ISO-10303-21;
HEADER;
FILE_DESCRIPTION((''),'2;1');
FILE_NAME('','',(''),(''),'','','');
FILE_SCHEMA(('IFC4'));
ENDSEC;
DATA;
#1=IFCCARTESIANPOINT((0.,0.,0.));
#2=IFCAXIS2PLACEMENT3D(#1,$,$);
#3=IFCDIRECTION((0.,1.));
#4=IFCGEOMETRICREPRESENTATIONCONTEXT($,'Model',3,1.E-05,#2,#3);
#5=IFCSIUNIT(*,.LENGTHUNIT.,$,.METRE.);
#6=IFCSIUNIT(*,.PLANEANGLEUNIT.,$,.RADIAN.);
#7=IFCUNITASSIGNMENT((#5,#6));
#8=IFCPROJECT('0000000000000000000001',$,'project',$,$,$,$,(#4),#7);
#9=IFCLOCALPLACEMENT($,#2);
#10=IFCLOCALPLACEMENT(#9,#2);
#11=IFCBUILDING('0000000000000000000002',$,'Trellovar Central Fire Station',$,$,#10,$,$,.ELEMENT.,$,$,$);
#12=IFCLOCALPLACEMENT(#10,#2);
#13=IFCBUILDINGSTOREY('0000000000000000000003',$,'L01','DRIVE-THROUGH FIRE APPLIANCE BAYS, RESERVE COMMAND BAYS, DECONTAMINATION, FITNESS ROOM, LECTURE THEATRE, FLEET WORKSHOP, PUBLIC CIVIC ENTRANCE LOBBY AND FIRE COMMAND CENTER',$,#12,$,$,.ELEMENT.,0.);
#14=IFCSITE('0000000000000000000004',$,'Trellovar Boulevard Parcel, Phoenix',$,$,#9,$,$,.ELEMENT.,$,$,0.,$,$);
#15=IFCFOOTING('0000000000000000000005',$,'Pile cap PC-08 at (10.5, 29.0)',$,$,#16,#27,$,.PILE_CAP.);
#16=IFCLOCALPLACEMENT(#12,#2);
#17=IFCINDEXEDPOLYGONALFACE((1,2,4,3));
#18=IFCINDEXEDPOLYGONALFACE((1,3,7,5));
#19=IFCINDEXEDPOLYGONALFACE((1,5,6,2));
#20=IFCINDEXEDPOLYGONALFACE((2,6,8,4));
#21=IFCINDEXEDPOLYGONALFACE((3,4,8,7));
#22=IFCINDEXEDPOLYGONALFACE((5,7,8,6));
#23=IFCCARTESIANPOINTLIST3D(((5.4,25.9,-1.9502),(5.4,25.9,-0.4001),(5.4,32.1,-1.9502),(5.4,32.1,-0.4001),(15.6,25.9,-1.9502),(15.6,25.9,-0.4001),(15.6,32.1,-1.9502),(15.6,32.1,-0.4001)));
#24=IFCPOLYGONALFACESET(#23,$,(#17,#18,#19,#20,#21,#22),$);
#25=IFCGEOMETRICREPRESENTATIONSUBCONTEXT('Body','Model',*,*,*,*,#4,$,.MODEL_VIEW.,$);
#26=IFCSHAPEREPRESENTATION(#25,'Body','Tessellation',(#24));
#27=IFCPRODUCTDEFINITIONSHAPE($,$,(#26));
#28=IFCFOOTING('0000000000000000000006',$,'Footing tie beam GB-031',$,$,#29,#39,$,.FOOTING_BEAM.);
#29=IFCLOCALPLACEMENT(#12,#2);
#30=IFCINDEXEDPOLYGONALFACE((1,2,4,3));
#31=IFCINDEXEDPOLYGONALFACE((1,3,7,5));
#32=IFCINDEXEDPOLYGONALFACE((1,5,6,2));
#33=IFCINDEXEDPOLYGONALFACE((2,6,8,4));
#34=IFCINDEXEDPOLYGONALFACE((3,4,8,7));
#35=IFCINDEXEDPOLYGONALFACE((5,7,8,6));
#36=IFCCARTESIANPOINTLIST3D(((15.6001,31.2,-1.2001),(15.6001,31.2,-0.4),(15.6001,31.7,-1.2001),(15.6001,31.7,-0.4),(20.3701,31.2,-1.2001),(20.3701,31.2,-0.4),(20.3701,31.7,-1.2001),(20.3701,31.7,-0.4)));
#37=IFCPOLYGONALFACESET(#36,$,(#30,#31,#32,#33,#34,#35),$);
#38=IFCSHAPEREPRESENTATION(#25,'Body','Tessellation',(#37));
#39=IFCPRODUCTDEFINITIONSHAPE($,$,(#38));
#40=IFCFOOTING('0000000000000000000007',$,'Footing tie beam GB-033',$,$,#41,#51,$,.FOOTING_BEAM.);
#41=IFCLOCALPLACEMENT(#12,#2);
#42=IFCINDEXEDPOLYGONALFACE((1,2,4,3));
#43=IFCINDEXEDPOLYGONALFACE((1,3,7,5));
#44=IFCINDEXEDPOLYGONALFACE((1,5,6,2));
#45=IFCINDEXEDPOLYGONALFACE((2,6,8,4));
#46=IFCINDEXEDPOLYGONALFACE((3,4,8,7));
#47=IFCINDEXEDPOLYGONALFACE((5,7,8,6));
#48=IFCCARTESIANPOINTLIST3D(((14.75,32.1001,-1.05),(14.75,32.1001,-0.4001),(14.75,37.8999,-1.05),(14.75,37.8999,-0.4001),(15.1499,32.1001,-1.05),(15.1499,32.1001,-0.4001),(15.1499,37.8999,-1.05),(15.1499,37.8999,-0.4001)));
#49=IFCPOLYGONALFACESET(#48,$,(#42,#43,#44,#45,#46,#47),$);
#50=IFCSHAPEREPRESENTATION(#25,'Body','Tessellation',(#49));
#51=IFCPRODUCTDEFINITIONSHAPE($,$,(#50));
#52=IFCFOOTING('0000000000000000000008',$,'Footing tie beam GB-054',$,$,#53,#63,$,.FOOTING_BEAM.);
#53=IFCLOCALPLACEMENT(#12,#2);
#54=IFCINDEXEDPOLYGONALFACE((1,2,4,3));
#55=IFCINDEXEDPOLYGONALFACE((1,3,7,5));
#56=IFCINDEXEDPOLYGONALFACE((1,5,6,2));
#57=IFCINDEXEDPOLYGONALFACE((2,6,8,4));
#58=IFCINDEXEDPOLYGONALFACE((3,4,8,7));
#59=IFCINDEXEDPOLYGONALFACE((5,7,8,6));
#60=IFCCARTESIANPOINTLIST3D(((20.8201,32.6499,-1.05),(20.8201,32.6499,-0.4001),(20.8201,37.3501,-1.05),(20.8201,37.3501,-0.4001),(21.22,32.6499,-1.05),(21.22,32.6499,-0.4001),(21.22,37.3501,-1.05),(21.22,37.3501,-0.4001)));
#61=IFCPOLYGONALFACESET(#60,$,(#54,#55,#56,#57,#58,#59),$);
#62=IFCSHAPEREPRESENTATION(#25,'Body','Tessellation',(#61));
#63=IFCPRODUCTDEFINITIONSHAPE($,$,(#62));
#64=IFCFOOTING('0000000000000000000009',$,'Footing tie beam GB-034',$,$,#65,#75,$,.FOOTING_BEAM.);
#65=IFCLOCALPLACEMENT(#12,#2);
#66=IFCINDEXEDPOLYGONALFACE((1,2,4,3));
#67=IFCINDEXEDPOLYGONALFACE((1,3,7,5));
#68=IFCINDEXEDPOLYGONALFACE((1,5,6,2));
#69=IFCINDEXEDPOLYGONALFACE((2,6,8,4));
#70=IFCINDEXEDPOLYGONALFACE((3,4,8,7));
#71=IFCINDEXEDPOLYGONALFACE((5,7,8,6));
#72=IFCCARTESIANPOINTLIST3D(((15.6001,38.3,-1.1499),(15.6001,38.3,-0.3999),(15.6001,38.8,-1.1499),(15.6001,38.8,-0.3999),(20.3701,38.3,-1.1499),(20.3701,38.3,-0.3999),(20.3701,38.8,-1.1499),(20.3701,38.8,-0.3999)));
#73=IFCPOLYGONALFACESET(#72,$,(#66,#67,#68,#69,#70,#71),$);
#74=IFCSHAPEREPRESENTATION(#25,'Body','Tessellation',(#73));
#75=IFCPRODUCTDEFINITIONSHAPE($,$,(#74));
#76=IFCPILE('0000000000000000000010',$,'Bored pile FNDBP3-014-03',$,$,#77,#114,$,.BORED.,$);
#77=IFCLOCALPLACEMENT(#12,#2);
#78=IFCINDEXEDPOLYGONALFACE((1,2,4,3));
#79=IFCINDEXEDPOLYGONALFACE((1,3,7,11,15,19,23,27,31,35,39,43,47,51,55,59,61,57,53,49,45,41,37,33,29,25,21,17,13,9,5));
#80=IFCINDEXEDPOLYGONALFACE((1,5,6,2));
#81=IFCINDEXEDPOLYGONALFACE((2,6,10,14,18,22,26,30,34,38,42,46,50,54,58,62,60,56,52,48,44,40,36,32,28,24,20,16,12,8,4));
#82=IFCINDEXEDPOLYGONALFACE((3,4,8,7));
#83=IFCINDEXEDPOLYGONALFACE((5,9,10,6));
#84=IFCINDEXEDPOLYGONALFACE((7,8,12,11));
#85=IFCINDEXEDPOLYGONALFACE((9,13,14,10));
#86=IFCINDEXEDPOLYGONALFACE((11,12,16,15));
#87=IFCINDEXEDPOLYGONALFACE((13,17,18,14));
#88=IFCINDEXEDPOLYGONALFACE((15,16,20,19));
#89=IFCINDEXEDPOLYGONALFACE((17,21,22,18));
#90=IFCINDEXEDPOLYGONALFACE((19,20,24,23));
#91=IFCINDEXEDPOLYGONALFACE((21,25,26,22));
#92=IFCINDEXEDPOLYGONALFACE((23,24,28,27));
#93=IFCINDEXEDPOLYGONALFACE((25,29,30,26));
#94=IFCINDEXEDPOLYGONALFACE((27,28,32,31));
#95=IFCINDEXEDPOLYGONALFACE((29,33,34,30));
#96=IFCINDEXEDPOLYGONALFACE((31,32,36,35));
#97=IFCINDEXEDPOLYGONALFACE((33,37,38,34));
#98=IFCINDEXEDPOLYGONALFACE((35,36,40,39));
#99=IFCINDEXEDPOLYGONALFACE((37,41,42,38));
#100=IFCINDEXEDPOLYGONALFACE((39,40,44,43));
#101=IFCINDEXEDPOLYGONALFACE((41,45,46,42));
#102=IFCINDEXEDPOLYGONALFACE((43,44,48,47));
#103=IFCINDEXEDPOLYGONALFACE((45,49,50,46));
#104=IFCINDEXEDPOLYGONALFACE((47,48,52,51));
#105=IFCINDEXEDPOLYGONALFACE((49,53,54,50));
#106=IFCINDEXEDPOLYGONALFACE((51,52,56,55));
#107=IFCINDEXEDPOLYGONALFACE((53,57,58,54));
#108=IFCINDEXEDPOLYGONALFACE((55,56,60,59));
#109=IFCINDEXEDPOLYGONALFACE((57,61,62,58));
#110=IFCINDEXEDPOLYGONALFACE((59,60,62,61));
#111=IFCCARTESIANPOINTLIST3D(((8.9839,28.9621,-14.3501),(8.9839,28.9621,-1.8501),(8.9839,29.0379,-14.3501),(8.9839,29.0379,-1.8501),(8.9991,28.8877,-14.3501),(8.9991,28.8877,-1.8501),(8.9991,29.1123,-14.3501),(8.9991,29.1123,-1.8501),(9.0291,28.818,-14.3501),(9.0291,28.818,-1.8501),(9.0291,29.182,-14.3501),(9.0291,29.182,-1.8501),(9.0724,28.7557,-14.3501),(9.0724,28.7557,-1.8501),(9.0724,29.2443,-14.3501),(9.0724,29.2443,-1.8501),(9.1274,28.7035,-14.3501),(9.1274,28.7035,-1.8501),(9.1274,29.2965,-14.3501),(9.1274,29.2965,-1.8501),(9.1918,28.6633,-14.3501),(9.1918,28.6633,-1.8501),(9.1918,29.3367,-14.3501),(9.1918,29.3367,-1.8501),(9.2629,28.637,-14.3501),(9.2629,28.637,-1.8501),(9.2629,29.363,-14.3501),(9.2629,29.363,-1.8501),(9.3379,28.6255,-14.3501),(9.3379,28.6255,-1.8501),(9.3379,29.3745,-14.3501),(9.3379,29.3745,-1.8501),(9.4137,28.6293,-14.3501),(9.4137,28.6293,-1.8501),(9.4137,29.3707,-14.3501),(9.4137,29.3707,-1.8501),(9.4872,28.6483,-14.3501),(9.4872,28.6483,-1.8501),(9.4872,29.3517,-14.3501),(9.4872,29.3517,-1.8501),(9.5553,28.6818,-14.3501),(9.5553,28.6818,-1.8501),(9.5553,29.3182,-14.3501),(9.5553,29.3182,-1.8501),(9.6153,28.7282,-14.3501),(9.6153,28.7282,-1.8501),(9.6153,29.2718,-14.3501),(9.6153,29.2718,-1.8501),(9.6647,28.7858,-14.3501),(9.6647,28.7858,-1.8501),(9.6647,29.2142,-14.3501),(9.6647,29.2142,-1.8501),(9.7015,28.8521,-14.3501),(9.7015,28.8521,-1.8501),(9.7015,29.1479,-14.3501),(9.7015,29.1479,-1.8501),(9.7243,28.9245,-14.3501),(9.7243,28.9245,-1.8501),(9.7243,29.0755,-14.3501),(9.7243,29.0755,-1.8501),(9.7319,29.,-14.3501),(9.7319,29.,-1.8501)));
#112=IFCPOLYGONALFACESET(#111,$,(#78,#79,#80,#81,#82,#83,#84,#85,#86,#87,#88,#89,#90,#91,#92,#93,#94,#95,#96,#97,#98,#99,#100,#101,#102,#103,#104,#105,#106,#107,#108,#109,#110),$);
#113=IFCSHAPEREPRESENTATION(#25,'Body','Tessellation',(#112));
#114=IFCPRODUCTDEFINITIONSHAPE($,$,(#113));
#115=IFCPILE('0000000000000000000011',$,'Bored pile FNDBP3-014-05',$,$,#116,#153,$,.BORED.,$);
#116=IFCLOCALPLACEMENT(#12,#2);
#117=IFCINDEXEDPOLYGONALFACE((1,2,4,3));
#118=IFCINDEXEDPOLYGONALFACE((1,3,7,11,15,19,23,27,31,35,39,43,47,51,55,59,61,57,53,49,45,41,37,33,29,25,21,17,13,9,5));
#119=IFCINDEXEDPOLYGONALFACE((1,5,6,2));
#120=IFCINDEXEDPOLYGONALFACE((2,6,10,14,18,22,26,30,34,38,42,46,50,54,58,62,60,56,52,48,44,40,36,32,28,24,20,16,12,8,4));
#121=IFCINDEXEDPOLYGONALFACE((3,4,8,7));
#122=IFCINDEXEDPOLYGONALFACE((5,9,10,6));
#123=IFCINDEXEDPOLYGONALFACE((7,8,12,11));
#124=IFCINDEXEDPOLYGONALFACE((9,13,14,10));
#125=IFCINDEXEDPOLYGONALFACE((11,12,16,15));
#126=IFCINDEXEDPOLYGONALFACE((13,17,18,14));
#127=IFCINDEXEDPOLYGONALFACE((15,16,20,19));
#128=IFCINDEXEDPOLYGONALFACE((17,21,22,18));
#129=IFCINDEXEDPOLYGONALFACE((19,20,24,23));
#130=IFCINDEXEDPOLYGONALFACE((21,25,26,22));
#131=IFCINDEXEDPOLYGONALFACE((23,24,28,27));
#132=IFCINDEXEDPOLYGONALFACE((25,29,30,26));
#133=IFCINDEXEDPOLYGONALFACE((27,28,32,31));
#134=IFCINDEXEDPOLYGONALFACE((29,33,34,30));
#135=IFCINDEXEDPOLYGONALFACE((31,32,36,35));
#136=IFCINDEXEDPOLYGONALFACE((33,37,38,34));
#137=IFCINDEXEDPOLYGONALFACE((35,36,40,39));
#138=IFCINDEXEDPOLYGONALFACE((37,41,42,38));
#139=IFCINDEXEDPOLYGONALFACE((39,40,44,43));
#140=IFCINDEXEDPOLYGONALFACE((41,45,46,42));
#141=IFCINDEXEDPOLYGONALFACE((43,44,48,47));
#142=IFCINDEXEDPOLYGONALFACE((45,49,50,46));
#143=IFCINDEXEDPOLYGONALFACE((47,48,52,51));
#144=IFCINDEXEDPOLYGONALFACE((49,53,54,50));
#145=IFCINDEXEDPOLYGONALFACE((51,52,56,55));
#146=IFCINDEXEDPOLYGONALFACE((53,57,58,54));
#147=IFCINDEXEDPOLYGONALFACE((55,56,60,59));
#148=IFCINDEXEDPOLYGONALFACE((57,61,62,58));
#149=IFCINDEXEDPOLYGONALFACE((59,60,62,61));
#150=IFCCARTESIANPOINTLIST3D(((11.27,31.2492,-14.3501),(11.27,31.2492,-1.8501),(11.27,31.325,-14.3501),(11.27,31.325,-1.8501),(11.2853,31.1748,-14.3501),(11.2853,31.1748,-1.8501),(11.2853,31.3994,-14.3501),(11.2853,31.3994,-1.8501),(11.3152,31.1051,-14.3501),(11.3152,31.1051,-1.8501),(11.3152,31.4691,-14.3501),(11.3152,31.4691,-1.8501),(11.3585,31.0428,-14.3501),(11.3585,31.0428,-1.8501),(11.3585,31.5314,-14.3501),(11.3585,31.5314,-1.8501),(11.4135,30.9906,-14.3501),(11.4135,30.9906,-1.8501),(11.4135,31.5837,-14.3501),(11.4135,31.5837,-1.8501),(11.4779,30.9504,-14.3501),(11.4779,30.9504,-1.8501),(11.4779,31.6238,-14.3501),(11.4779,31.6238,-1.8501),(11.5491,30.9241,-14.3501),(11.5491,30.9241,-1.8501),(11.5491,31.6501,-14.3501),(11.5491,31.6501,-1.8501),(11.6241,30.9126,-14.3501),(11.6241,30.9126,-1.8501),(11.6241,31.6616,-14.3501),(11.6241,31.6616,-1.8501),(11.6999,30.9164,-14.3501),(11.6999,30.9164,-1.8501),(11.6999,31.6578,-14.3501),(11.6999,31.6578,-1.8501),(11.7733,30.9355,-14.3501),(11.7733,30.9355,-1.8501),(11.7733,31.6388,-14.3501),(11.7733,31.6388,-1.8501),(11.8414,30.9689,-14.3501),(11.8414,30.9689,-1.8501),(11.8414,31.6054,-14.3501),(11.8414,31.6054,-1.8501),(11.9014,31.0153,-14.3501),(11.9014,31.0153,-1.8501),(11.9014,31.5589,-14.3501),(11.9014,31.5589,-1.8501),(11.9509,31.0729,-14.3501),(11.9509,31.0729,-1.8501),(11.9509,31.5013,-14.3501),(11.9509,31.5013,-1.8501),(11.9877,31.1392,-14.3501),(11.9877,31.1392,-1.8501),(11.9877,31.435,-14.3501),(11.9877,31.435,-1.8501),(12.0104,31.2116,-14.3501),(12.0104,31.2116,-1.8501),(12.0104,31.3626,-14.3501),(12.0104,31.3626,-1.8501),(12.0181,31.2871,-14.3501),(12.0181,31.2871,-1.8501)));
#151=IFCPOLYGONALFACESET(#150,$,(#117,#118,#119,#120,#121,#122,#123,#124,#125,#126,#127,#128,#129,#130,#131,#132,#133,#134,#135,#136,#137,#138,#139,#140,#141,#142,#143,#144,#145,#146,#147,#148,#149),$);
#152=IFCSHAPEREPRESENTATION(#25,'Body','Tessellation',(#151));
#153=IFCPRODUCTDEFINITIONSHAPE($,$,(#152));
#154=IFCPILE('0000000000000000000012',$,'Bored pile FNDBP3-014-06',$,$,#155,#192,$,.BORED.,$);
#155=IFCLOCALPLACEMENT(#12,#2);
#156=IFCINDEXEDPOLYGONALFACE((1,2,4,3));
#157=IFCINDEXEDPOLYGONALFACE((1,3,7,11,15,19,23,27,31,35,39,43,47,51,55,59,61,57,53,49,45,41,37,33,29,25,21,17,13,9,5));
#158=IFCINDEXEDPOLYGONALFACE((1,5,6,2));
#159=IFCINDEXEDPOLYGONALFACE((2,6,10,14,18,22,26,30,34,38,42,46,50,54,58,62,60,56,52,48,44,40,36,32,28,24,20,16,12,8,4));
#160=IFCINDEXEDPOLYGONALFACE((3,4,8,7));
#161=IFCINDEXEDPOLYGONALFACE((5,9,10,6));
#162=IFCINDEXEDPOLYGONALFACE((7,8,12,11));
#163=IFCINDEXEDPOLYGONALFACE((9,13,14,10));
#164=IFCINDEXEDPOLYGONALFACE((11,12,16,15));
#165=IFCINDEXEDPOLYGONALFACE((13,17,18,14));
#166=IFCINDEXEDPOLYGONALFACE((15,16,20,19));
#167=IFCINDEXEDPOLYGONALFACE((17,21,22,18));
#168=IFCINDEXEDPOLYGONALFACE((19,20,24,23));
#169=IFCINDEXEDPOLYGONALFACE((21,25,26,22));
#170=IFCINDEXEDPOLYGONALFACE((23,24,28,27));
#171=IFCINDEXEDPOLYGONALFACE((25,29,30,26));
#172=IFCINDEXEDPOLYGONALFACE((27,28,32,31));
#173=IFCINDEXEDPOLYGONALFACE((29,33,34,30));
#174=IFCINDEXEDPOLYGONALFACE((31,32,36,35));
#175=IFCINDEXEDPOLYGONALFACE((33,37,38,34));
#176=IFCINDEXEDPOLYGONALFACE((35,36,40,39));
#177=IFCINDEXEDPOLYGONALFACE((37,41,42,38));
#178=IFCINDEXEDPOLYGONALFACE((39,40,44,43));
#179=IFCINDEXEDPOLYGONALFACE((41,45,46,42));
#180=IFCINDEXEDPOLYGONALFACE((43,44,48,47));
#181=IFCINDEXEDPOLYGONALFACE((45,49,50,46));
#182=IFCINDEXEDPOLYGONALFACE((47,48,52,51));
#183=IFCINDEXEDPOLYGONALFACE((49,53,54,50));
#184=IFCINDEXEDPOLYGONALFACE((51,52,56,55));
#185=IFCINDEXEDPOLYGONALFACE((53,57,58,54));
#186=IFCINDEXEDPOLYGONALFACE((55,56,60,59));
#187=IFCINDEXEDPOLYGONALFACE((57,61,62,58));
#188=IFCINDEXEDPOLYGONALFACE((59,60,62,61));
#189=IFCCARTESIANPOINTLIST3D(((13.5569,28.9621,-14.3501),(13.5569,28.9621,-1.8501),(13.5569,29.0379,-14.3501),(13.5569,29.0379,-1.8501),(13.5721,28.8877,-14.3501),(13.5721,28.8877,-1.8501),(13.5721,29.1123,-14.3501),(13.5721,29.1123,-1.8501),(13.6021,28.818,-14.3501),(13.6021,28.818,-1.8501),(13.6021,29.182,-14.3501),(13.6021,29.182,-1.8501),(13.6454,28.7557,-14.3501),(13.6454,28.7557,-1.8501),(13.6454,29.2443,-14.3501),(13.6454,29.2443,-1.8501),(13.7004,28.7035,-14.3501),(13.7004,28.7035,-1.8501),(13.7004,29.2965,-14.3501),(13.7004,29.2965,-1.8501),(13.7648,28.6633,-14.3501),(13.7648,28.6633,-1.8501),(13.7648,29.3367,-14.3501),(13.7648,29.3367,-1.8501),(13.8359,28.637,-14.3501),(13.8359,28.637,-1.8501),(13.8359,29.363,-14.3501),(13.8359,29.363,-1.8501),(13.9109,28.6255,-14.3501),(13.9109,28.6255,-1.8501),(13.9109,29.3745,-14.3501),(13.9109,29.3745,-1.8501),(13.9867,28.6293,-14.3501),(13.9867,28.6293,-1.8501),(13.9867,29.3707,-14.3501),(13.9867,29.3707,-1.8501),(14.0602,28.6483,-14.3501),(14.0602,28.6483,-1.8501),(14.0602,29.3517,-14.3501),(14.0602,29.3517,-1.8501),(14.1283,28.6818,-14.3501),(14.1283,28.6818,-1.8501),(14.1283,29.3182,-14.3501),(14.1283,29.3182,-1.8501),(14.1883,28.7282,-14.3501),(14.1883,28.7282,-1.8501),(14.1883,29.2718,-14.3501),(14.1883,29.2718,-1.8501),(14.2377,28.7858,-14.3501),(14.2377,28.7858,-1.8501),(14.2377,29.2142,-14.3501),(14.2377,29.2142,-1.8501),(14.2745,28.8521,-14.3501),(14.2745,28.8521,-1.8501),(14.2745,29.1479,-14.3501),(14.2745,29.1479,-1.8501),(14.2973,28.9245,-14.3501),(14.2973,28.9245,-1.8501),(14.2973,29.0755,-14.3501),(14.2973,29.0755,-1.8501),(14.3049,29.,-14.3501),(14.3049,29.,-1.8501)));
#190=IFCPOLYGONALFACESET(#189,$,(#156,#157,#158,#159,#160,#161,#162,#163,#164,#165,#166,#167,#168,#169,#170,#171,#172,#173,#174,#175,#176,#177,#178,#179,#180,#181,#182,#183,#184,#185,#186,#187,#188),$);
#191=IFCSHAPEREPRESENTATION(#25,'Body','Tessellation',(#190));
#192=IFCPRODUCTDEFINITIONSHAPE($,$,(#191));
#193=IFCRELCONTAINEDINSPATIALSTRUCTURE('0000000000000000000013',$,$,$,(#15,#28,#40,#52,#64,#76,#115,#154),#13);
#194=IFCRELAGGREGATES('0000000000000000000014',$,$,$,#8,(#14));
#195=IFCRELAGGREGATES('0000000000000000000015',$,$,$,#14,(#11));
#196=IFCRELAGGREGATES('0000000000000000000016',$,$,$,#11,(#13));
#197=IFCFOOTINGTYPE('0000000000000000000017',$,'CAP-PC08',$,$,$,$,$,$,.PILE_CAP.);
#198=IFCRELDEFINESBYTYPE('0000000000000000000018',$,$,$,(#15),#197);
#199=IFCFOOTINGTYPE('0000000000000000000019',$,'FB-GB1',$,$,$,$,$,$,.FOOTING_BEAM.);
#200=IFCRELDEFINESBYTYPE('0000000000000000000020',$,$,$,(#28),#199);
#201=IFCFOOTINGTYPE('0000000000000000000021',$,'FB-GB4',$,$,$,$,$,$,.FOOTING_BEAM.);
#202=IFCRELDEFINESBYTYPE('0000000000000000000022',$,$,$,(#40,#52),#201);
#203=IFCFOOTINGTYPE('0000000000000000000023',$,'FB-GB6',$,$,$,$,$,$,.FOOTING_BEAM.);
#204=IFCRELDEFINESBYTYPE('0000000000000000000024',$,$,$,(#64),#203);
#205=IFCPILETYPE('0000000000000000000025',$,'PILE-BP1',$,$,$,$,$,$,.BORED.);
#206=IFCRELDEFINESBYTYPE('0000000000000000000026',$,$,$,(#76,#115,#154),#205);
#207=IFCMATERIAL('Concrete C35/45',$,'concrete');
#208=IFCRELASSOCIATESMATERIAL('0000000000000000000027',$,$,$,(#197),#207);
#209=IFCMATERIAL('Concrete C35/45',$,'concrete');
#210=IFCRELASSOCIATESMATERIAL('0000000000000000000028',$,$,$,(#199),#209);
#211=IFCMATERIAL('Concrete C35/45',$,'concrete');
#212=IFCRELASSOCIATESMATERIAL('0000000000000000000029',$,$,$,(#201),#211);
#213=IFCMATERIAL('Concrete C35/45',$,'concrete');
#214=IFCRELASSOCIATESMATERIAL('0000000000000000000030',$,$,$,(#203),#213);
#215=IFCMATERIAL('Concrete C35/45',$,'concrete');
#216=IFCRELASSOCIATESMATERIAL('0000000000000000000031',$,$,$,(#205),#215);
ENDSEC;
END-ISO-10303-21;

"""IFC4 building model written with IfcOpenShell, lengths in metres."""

from ifc_helpers import new_model, si_unit, direction, frame, origin, origin_2d, place, context, subcontext, project, spatial, rectangle, circle, extrude, material, material_profile, profile_set, type_object, element, save


model = new_model("IFC4")

# Units and contexts
model_context = context("Model", 3, precision=1e-05, world=origin(), true_north=direction((0.0, 1.0)))
body_context = subcontext(model_context, "Body", "Model", "MODEL_VIEW")
ifc_project = project(units=[si_unit("LENGTHUNIT", "METRE"), si_unit("PLANEANGLEUNIT", "RADIAN")], contexts=[model_context])

# Site, building, storey
site_placement = place(None, origin())
site = spatial("IfcSite", under=ifc_project, at=site_placement, Name="Trellovar Boulevard Parcel, Phoenix", CompositionType="ELEMENT", RefElevation=0.0)
building_placement = place(site_placement, origin())
building = spatial("IfcBuilding", under=site, at=building_placement, Name="Trellovar Central Fire Station", CompositionType="ELEMENT")
storey_placement = place(building_placement, origin())
storey = spatial("IfcBuildingStorey", under=building, at=storey_placement, Name="L01", Description="DRIVE-THROUGH FIRE APPLIANCE BAYS, RESERVE COMMAND BAYS, DECONTAMINATION, FITNESS ROOM, LECTURE THEATRE, FLEET WORKSHOP, PUBLIC CIVIC ENTRANCE LOBBY AND FIRE COMMAND CENTER", CompositionType="ELEMENT", Elevation=0.0)

# Footings
ifc_material_1 = material(Name="Concrete C35/45", Category="concrete")
footing_type_1 = type_object("IfcFootingType", Name="CAP-PC08", PredefinedType="PILE_CAP", material=ifc_material_1)
footing_1_placement = place(storey_placement, frame((10.5, 29.0, -1.9502), z_axis=(0.0, 0.0, 1.0), x_axis=(1.0, 0.0, 0.0)))
element("IfcFooting", 1, at=footing_1_placement, inside=storey, type_object=footing_type_1, Name="Pile cap PC-08 at (10.5, 29.0)", PredefinedType="PILE_CAP", context=body_context, shape_type="SweptSolid", body=[
    extrude(rectangle(XDim=10.2, YDim=6.2, at=origin_2d()), origin(), (0.0, 0.0, 1.0), 1.55),
])
ifc_material_2 = material(Name="Concrete C35/45", Category="concrete")
ifc_material_profile_1 = material_profile(ifc_material_2, rectangle(XDim=0.5, YDim=0.8, at=origin_2d()), Name="RC500X800")
ifc_profile_set_1 = profile_set([ifc_material_profile_1], Name="Concrete C35/45")
footing_type_2 = type_object("IfcFootingType", Name="FB-GB1", PredefinedType="FOOTING_BEAM", material=ifc_profile_set_1)
footing_2_placement = place(storey_placement, frame((15.6001, 31.45, -0.8), z_axis=(1.0, 0.0, 0.0), x_axis=(0.0, 1.0, 0.0)))
element("IfcFooting", 2, at=footing_2_placement, inside=storey, type_object=footing_type_2, Name="Footing tie beam GB-031", PredefinedType="FOOTING_BEAM", context=body_context, shape_type="SweptSolid", body=[
    extrude(rectangle(XDim=0.5, YDim=0.8, at=origin_2d()), origin(), (0.0, 0.0, 1.0), 4.77),
])
ifc_material_3 = material(Name="Concrete C35/45", Category="concrete")
ifc_material_profile_2 = material_profile(ifc_material_3, rectangle(XDim=0.3999, YDim=0.6499, at=origin_2d()), Name="RC400X650")
ifc_profile_set_2 = profile_set([ifc_material_profile_2], Name="Concrete C35/45")
footing_type_3 = type_object("IfcFootingType", Name="FB-GB4", PredefinedType="FOOTING_BEAM", material=ifc_profile_set_2)
footing_3_placement = place(storey_placement, frame((14.95, 32.1001, -0.7251), z_axis=(0.0, 1.0, 0.0), x_axis=(-1.0, 0.0, 0.0)))
element("IfcFooting", 3, at=footing_3_placement, inside=storey, type_object=footing_type_3, Name="Footing tie beam GB-033", PredefinedType="FOOTING_BEAM", context=body_context, shape_type="SweptSolid", body=[
    extrude(rectangle(XDim=0.3999, YDim=0.6499, at=origin_2d()), origin(), (0.0, 0.0, 1.0), 5.7998),
])
footing_4_placement = place(storey_placement, frame((21.02, 32.6499, -0.7251), z_axis=(0.0, 1.0, 0.0), x_axis=(-1.0, 0.0, 0.0)))
element("IfcFooting", 4, at=footing_4_placement, inside=storey, type_object=footing_type_3, Name="Footing tie beam GB-054", PredefinedType="FOOTING_BEAM", context=body_context, shape_type="SweptSolid", body=[
    extrude(rectangle(XDim=0.3999, YDim=0.6499, at=origin_2d()), origin(), (0.0, 0.0, 1.0), 4.7002),
])
ifc_material_4 = material(Name="Concrete C35/45", Category="concrete")
ifc_material_profile_3 = material_profile(ifc_material_4, rectangle(XDim=0.5, YDim=0.75, at=origin_2d()), Name="RC500X750")
ifc_profile_set_3 = profile_set([ifc_material_profile_3], Name="Concrete C35/45")
footing_type_4 = type_object("IfcFootingType", Name="FB-GB6", PredefinedType="FOOTING_BEAM", material=ifc_profile_set_3)
footing_5_placement = place(storey_placement, frame((15.6001, 38.55, -0.7749), z_axis=(1.0, 0.0, 0.0), x_axis=(0.0, 1.0, 0.0)))
element("IfcFooting", 5, at=footing_5_placement, inside=storey, type_object=footing_type_4, Name="Footing tie beam GB-034", PredefinedType="FOOTING_BEAM", context=body_context, shape_type="SweptSolid", body=[
    extrude(rectangle(XDim=0.5, YDim=0.75, at=origin_2d()), origin(), (0.0, 0.0, 1.0), 4.77),
])

# Piles
ifc_material_5 = material(Name="Concrete C35/45", Category="concrete")
ifc_material_profile_4 = material_profile(ifc_material_5, circle(Radius=0.375, at=origin_2d()), Name="PILE750")
ifc_profile_set_4 = profile_set([ifc_material_profile_4], Name="Concrete C35/45")
pile_type_1 = type_object("IfcPileType", Name="PILE-BP1", PredefinedType="BORED", material=ifc_profile_set_4)
for number, where, z_axis, x_axis, name in (
    (6, (9.3569, 29.0, -1.8501), (0.0, 0.0, -1.0), (1.0, 0.0, 0.0), "Bored pile FNDBP3-014-03"),
    (7, (11.6431, 31.2871, -1.8501), (0.0, 0.0, -1.0), (1.0, 0.0, 0.0), "Bored pile FNDBP3-014-05"),
    (8, (13.9299, 29.0, -1.8501), (0.0, 0.0, -1.0), (1.0, 0.0, 0.0), "Bored pile FNDBP3-014-06"),
):
    element("IfcPile", number, at=place(storey_placement, frame(where, z_axis=z_axis, x_axis=x_axis)), inside=storey, type_object=pile_type_1, Name=name, PredefinedType="BORED", context=body_context, shape_type="SweptSolid", body=[
        extrude(circle(Radius=0.375, at=origin_2d()), origin(), (0.0, 0.0, 1.0), 12.5),
    ])

save(model, "model.ifc")
